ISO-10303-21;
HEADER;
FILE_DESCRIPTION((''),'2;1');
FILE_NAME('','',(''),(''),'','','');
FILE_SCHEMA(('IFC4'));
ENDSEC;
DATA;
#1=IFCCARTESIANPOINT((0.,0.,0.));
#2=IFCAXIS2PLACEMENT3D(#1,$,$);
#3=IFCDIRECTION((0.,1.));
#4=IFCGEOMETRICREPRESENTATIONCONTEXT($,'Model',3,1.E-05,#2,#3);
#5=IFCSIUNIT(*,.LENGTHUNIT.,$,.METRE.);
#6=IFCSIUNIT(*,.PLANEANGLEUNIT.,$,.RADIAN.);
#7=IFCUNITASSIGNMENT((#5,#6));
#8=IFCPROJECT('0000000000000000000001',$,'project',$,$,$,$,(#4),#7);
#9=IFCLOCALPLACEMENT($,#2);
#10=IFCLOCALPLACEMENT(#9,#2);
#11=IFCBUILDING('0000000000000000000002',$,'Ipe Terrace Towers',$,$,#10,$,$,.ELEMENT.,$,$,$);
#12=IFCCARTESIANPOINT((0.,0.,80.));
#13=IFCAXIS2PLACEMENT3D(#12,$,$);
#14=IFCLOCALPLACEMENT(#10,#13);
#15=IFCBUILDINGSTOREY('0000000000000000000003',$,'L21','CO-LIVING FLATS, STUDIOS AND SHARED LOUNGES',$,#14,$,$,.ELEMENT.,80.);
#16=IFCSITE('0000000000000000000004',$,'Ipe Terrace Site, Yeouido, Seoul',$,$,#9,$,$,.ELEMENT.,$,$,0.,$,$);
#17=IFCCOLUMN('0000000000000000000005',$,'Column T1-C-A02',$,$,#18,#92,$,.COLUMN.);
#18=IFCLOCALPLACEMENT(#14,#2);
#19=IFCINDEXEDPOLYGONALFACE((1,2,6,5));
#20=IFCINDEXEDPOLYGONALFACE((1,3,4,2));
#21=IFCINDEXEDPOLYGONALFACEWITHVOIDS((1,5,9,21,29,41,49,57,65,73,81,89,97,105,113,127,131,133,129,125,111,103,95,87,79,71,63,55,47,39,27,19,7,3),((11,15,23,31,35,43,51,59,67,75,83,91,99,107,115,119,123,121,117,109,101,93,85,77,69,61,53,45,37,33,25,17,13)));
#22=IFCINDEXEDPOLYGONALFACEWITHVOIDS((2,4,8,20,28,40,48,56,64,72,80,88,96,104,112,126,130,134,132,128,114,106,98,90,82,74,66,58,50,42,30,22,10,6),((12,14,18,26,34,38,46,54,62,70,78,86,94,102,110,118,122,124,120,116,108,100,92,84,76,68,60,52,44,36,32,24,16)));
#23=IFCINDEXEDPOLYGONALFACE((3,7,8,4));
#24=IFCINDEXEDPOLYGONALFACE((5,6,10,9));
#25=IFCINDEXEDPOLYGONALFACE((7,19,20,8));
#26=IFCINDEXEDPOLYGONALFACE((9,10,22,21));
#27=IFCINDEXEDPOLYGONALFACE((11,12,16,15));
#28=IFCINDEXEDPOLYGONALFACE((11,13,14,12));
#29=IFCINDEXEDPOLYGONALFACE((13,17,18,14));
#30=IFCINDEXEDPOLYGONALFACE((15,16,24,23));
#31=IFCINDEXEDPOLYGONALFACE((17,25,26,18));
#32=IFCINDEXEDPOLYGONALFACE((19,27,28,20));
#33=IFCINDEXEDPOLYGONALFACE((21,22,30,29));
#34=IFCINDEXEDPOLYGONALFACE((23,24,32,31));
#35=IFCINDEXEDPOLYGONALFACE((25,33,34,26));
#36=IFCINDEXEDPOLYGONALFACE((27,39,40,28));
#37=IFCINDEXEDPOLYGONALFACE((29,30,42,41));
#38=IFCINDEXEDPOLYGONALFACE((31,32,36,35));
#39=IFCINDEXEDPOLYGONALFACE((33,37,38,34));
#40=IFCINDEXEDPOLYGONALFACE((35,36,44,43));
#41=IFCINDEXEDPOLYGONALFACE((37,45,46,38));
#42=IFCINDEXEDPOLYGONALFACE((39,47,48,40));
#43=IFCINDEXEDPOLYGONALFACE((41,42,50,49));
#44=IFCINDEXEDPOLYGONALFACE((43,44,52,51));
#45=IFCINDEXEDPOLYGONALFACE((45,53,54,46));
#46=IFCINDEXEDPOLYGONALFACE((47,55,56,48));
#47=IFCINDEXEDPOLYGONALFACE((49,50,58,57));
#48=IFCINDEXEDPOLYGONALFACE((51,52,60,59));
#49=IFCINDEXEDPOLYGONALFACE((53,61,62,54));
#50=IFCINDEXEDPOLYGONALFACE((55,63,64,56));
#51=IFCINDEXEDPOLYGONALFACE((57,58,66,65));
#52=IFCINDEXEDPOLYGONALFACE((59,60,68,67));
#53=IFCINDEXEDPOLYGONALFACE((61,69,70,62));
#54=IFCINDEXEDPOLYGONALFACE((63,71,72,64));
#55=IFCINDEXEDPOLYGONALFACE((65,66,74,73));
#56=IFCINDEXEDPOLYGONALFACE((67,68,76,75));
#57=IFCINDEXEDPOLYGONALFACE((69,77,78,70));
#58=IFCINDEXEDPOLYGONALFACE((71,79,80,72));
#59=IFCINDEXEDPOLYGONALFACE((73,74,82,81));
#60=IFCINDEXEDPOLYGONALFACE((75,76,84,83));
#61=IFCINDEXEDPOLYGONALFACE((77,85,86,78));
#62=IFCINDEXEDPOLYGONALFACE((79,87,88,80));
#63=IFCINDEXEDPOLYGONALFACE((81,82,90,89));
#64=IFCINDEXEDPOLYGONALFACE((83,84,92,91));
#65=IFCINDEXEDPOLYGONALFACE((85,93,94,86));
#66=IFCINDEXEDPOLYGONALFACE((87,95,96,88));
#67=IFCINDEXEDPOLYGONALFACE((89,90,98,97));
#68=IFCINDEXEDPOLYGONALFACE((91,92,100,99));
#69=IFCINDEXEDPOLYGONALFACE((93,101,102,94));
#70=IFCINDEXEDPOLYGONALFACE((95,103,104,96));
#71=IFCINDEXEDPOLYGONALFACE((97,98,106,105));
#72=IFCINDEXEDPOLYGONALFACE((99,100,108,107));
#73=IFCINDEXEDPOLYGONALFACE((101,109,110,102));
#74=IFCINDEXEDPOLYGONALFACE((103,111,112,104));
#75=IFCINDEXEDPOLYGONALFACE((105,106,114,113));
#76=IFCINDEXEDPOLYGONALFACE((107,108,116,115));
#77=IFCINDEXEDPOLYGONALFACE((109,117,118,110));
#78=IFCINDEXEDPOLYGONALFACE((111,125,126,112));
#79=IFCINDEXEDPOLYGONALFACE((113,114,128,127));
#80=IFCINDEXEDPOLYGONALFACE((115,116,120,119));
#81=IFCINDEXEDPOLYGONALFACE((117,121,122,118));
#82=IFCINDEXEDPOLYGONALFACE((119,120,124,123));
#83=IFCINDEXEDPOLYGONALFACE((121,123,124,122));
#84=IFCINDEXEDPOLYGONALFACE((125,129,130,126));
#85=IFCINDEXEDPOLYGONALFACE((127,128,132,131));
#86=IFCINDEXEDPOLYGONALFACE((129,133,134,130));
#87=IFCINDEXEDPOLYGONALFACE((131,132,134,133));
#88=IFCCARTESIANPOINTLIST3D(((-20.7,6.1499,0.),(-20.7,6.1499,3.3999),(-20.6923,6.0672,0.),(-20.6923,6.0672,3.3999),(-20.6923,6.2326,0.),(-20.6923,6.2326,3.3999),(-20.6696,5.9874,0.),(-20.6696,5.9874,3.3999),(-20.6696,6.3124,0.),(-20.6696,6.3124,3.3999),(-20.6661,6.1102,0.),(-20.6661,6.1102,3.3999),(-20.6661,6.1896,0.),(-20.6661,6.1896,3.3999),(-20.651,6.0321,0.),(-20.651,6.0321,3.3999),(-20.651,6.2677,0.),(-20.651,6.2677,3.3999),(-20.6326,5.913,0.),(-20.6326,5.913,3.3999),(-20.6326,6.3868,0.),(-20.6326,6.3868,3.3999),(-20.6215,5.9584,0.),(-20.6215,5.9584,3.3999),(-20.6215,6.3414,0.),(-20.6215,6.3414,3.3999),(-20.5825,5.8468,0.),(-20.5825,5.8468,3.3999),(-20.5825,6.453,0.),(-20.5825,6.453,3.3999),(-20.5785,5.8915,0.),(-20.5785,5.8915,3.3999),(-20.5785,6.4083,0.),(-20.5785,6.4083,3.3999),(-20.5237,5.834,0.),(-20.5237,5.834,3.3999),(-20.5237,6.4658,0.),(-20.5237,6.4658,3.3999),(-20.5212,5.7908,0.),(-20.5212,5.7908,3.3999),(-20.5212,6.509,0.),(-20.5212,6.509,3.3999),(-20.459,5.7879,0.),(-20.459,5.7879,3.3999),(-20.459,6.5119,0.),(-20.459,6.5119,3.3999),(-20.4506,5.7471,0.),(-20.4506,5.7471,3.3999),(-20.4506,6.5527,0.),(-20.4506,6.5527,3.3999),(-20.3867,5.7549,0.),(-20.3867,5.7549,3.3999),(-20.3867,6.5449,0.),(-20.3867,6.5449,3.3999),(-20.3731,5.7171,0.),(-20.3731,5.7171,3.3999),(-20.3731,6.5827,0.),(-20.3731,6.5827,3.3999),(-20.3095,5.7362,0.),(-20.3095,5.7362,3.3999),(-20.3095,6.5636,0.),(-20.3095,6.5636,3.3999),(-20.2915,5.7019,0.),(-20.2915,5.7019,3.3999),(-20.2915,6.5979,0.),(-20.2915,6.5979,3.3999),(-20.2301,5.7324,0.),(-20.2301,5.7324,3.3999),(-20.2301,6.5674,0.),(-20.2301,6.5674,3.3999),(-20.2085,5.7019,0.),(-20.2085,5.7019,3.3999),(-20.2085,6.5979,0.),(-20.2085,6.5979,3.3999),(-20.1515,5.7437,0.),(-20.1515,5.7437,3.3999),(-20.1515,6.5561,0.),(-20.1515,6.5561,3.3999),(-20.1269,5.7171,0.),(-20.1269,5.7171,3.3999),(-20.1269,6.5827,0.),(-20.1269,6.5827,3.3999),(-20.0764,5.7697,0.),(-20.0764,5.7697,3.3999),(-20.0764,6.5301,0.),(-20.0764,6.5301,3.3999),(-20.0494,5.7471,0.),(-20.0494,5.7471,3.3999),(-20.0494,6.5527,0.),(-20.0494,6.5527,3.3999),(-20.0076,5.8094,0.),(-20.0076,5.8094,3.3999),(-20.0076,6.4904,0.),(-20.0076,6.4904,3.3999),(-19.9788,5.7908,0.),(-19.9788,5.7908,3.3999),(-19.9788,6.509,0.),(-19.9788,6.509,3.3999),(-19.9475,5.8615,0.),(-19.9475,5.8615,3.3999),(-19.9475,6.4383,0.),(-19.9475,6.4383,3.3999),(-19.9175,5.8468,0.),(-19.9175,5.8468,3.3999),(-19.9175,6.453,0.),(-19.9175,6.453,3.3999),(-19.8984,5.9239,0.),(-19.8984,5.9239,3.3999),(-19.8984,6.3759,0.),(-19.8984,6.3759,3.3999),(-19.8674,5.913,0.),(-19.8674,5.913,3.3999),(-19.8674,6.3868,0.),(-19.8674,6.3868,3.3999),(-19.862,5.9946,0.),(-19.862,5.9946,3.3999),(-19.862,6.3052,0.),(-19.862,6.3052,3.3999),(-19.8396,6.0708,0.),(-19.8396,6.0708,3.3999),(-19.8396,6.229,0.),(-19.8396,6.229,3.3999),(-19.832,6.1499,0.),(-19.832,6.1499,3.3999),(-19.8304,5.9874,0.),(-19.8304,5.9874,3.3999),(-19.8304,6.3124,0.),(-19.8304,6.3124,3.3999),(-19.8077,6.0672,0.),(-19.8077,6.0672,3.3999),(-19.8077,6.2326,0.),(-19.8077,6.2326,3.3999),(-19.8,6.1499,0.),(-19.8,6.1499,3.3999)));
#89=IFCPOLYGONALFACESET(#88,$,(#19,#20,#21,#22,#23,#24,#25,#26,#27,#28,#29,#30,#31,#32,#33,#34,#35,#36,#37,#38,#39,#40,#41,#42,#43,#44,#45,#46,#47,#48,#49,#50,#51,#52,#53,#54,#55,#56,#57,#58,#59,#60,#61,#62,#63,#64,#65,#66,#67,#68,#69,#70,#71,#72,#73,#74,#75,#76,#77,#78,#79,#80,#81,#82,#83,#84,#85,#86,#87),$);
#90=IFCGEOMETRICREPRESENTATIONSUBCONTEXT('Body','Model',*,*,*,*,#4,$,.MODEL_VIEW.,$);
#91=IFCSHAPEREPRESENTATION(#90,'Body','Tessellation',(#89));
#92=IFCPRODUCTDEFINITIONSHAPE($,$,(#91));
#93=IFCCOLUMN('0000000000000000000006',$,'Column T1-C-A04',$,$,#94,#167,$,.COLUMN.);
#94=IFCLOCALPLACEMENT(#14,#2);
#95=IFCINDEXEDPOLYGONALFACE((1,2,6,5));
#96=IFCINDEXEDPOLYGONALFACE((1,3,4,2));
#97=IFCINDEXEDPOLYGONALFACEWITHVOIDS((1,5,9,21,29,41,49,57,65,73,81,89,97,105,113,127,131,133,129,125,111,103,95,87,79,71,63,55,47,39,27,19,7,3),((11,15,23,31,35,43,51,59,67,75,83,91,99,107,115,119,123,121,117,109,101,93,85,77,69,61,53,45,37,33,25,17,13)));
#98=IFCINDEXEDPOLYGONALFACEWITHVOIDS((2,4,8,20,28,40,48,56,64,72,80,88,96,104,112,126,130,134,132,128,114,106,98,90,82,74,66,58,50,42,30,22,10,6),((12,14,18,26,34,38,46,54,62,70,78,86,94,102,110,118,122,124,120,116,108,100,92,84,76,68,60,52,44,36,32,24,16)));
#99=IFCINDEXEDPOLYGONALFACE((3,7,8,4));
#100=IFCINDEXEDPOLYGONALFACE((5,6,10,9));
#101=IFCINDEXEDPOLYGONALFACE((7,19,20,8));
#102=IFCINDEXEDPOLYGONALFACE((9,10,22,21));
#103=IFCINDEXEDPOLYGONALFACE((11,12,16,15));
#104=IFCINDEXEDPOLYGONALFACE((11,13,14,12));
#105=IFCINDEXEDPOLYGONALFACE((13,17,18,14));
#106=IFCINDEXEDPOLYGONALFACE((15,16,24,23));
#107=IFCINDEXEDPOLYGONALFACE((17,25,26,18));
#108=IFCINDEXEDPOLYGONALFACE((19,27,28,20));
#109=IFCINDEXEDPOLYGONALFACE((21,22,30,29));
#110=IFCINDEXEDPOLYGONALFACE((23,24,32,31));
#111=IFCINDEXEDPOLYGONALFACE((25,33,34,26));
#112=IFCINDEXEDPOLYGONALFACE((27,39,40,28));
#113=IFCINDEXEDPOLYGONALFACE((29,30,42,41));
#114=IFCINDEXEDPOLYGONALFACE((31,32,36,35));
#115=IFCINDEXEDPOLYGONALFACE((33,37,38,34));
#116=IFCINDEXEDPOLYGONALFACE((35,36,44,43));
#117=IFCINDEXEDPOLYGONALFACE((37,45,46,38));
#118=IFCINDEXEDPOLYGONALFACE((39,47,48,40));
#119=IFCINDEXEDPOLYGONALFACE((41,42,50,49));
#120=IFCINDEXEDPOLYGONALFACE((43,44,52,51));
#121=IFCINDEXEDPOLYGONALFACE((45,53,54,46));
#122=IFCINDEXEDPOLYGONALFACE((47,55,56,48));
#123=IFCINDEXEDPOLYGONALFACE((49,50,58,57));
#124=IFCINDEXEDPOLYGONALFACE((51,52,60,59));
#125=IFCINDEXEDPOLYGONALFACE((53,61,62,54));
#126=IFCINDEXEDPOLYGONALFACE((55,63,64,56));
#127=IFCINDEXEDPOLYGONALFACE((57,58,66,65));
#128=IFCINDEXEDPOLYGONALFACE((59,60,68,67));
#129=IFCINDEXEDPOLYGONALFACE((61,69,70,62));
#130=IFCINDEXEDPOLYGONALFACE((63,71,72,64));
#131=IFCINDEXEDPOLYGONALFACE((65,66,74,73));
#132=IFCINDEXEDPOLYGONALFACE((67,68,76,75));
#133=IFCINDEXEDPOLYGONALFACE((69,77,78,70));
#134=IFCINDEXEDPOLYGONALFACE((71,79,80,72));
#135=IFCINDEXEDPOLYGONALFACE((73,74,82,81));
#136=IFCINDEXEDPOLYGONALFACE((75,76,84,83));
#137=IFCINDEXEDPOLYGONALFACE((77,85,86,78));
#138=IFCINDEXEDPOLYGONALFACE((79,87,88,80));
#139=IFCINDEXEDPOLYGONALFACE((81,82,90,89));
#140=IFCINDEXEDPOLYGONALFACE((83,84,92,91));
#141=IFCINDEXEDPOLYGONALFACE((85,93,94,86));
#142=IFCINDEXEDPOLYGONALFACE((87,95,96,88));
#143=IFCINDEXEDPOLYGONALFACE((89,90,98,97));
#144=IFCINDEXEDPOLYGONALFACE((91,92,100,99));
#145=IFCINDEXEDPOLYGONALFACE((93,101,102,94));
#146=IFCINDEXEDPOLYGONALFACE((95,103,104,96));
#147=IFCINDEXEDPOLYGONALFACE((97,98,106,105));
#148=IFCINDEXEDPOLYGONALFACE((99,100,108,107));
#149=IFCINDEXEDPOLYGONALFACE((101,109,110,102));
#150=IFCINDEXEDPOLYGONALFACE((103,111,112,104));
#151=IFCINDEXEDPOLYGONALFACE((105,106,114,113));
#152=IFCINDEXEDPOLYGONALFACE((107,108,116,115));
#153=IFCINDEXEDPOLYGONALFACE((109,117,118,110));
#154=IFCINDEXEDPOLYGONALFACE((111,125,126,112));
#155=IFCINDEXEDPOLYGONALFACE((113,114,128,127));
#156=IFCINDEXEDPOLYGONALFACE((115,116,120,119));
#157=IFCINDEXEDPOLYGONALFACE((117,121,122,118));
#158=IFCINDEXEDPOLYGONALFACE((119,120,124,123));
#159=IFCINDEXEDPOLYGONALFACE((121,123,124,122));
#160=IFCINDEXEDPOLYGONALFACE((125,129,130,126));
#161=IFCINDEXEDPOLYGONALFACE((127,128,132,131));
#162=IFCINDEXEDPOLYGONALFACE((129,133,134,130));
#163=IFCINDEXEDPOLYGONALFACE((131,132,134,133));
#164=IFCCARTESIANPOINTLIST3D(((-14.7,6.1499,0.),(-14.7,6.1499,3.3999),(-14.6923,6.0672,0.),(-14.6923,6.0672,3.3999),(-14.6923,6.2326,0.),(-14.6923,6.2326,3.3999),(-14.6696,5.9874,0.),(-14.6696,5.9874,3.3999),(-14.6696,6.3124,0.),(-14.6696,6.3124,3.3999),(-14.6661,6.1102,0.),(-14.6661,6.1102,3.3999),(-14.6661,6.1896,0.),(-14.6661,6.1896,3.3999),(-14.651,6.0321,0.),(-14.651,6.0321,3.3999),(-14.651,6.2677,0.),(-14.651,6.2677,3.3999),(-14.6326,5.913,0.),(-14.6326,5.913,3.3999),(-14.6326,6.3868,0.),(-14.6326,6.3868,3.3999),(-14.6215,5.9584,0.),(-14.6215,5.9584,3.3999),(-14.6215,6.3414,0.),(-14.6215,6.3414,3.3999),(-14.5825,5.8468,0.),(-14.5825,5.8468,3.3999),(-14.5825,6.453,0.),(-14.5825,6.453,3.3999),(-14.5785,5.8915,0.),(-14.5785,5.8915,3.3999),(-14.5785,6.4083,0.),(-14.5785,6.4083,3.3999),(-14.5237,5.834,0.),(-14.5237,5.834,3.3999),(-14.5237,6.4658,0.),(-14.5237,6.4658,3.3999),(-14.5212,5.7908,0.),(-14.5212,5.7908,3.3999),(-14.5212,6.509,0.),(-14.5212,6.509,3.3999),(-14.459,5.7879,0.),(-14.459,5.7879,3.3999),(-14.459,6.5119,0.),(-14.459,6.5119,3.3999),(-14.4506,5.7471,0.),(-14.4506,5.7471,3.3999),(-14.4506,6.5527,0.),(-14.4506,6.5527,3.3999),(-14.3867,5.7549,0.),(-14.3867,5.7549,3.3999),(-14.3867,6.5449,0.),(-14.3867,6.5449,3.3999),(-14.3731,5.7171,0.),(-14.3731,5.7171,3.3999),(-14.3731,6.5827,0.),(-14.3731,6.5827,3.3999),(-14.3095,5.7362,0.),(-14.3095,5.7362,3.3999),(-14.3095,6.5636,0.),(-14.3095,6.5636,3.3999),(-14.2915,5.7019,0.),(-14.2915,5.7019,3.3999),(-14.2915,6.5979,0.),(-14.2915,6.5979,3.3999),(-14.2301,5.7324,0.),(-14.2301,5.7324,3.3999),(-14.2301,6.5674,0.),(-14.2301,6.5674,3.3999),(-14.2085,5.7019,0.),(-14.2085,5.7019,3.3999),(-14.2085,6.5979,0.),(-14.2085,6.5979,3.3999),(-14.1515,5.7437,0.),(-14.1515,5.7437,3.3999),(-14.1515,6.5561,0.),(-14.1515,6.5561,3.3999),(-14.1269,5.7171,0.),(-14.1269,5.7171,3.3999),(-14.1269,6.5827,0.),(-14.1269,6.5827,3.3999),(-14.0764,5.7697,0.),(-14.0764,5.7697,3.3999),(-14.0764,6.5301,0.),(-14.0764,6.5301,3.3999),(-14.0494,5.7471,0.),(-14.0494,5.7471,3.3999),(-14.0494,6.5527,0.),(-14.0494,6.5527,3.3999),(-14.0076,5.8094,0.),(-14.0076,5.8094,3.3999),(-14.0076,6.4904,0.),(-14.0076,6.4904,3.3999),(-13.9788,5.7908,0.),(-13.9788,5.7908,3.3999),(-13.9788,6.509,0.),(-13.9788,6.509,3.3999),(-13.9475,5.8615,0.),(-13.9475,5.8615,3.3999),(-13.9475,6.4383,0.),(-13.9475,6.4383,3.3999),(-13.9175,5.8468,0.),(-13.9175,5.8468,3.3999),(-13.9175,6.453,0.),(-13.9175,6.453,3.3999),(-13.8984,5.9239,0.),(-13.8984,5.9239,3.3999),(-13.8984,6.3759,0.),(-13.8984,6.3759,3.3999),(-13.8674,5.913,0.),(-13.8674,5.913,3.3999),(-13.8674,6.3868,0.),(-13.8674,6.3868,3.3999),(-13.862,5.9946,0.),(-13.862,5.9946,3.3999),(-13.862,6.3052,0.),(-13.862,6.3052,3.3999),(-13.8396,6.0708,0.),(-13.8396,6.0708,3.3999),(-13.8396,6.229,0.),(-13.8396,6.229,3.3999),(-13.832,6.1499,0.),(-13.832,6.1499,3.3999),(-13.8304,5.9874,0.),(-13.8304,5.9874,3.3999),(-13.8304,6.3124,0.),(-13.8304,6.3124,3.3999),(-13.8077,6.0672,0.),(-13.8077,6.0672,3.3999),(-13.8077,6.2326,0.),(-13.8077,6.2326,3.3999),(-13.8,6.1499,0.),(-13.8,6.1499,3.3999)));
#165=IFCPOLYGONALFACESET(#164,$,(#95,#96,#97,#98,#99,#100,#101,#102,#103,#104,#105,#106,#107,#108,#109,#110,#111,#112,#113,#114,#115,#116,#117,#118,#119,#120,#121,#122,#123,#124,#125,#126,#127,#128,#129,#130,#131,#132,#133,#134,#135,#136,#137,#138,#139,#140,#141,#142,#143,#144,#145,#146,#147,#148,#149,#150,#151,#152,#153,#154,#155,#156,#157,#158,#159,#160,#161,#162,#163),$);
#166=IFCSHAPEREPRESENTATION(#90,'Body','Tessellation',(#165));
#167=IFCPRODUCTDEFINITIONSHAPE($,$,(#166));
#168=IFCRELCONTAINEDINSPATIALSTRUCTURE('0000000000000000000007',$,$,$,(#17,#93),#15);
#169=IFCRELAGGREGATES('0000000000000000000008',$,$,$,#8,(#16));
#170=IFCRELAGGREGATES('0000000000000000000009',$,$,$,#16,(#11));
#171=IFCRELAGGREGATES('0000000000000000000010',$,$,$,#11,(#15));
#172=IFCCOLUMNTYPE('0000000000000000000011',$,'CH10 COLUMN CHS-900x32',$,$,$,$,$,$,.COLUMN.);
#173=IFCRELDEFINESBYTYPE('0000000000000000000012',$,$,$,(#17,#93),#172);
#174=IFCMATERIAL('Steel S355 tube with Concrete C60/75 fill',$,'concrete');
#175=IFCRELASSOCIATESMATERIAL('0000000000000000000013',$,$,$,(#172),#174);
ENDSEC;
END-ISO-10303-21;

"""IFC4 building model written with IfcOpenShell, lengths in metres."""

from ifc_helpers import new_model, si_unit, direction, frame, origin, origin_2d, place, context, subcontext, project, spatial, hollow_circle, extrude, material, material_profile, profile_set, type_object, element, save


model = new_model("IFC4")

# Units and contexts
model_context = context("Model", 3, precision=1e-05, world=origin(), true_north=direction((0.0, 1.0)))
body_context = subcontext(model_context, "Body", "Model", "MODEL_VIEW")
ifc_project = project(units=[si_unit("LENGTHUNIT", "METRE"), si_unit("PLANEANGLEUNIT", "RADIAN")], contexts=[model_context])

# Site, building, storey
site_placement = place(None, origin())
site = spatial("IfcSite", under=ifc_project, at=site_placement, Name="Ipe Terrace Site, Yeouido, Seoul", CompositionType="ELEMENT", RefElevation=0.0)
building_placement = place(site_placement, origin())
building = spatial("IfcBuilding", under=site, at=building_placement, Name="Ipe Terrace Towers", CompositionType="ELEMENT")
storey_placement = place(building_placement, frame((0.0, 0.0, 80.0)))
storey = spatial("IfcBuildingStorey", under=building, at=storey_placement, Name="L21", Description="CO-LIVING FLATS, STUDIOS AND SHARED LOUNGES", CompositionType="ELEMENT", Elevation=80.0)

# Columns
ifc_material_1 = material(Name="Steel S355 tube with Concrete C60/75 fill", Category="concrete")
ifc_material_profile_1 = material_profile(ifc_material_1, hollow_circle(Radius=0.45, WallThickness=0.032, at=origin_2d()), Name="CHS-900x32")
ifc_profile_set_1 = profile_set([ifc_material_profile_1], Name="Steel S355 tube with Concrete C60/75 fill")
column_type = type_object("IfcColumnType", Name="CH10 COLUMN CHS-900x32", PredefinedType="COLUMN", material=ifc_profile_set_1)
for number, where, z_axis, x_axis, name in (
    (1, (-20.25, 6.1499, 0.0), (0.0, 0.0, 1.0), (1.0, 0.0, 0.0), "Column T1-C-A02"),
    (2, (-14.25, 6.1499, 0.0), (0.0, 0.0, 1.0), (1.0, 0.0, 0.0), "Column T1-C-A04"),
):
    element("IfcColumn", number, at=place(storey_placement, frame(where, z_axis=z_axis, x_axis=x_axis)), inside=storey, type_object=column_type, Name=name, PredefinedType="COLUMN", context=body_context, shape_type="SweptSolid", body=[
        extrude(hollow_circle(Radius=0.45, WallThickness=0.032, at=origin_2d()), origin(), (0.0, 0.0, 1.0), 3.3999),
    ])

save(model, "model.ifc")
